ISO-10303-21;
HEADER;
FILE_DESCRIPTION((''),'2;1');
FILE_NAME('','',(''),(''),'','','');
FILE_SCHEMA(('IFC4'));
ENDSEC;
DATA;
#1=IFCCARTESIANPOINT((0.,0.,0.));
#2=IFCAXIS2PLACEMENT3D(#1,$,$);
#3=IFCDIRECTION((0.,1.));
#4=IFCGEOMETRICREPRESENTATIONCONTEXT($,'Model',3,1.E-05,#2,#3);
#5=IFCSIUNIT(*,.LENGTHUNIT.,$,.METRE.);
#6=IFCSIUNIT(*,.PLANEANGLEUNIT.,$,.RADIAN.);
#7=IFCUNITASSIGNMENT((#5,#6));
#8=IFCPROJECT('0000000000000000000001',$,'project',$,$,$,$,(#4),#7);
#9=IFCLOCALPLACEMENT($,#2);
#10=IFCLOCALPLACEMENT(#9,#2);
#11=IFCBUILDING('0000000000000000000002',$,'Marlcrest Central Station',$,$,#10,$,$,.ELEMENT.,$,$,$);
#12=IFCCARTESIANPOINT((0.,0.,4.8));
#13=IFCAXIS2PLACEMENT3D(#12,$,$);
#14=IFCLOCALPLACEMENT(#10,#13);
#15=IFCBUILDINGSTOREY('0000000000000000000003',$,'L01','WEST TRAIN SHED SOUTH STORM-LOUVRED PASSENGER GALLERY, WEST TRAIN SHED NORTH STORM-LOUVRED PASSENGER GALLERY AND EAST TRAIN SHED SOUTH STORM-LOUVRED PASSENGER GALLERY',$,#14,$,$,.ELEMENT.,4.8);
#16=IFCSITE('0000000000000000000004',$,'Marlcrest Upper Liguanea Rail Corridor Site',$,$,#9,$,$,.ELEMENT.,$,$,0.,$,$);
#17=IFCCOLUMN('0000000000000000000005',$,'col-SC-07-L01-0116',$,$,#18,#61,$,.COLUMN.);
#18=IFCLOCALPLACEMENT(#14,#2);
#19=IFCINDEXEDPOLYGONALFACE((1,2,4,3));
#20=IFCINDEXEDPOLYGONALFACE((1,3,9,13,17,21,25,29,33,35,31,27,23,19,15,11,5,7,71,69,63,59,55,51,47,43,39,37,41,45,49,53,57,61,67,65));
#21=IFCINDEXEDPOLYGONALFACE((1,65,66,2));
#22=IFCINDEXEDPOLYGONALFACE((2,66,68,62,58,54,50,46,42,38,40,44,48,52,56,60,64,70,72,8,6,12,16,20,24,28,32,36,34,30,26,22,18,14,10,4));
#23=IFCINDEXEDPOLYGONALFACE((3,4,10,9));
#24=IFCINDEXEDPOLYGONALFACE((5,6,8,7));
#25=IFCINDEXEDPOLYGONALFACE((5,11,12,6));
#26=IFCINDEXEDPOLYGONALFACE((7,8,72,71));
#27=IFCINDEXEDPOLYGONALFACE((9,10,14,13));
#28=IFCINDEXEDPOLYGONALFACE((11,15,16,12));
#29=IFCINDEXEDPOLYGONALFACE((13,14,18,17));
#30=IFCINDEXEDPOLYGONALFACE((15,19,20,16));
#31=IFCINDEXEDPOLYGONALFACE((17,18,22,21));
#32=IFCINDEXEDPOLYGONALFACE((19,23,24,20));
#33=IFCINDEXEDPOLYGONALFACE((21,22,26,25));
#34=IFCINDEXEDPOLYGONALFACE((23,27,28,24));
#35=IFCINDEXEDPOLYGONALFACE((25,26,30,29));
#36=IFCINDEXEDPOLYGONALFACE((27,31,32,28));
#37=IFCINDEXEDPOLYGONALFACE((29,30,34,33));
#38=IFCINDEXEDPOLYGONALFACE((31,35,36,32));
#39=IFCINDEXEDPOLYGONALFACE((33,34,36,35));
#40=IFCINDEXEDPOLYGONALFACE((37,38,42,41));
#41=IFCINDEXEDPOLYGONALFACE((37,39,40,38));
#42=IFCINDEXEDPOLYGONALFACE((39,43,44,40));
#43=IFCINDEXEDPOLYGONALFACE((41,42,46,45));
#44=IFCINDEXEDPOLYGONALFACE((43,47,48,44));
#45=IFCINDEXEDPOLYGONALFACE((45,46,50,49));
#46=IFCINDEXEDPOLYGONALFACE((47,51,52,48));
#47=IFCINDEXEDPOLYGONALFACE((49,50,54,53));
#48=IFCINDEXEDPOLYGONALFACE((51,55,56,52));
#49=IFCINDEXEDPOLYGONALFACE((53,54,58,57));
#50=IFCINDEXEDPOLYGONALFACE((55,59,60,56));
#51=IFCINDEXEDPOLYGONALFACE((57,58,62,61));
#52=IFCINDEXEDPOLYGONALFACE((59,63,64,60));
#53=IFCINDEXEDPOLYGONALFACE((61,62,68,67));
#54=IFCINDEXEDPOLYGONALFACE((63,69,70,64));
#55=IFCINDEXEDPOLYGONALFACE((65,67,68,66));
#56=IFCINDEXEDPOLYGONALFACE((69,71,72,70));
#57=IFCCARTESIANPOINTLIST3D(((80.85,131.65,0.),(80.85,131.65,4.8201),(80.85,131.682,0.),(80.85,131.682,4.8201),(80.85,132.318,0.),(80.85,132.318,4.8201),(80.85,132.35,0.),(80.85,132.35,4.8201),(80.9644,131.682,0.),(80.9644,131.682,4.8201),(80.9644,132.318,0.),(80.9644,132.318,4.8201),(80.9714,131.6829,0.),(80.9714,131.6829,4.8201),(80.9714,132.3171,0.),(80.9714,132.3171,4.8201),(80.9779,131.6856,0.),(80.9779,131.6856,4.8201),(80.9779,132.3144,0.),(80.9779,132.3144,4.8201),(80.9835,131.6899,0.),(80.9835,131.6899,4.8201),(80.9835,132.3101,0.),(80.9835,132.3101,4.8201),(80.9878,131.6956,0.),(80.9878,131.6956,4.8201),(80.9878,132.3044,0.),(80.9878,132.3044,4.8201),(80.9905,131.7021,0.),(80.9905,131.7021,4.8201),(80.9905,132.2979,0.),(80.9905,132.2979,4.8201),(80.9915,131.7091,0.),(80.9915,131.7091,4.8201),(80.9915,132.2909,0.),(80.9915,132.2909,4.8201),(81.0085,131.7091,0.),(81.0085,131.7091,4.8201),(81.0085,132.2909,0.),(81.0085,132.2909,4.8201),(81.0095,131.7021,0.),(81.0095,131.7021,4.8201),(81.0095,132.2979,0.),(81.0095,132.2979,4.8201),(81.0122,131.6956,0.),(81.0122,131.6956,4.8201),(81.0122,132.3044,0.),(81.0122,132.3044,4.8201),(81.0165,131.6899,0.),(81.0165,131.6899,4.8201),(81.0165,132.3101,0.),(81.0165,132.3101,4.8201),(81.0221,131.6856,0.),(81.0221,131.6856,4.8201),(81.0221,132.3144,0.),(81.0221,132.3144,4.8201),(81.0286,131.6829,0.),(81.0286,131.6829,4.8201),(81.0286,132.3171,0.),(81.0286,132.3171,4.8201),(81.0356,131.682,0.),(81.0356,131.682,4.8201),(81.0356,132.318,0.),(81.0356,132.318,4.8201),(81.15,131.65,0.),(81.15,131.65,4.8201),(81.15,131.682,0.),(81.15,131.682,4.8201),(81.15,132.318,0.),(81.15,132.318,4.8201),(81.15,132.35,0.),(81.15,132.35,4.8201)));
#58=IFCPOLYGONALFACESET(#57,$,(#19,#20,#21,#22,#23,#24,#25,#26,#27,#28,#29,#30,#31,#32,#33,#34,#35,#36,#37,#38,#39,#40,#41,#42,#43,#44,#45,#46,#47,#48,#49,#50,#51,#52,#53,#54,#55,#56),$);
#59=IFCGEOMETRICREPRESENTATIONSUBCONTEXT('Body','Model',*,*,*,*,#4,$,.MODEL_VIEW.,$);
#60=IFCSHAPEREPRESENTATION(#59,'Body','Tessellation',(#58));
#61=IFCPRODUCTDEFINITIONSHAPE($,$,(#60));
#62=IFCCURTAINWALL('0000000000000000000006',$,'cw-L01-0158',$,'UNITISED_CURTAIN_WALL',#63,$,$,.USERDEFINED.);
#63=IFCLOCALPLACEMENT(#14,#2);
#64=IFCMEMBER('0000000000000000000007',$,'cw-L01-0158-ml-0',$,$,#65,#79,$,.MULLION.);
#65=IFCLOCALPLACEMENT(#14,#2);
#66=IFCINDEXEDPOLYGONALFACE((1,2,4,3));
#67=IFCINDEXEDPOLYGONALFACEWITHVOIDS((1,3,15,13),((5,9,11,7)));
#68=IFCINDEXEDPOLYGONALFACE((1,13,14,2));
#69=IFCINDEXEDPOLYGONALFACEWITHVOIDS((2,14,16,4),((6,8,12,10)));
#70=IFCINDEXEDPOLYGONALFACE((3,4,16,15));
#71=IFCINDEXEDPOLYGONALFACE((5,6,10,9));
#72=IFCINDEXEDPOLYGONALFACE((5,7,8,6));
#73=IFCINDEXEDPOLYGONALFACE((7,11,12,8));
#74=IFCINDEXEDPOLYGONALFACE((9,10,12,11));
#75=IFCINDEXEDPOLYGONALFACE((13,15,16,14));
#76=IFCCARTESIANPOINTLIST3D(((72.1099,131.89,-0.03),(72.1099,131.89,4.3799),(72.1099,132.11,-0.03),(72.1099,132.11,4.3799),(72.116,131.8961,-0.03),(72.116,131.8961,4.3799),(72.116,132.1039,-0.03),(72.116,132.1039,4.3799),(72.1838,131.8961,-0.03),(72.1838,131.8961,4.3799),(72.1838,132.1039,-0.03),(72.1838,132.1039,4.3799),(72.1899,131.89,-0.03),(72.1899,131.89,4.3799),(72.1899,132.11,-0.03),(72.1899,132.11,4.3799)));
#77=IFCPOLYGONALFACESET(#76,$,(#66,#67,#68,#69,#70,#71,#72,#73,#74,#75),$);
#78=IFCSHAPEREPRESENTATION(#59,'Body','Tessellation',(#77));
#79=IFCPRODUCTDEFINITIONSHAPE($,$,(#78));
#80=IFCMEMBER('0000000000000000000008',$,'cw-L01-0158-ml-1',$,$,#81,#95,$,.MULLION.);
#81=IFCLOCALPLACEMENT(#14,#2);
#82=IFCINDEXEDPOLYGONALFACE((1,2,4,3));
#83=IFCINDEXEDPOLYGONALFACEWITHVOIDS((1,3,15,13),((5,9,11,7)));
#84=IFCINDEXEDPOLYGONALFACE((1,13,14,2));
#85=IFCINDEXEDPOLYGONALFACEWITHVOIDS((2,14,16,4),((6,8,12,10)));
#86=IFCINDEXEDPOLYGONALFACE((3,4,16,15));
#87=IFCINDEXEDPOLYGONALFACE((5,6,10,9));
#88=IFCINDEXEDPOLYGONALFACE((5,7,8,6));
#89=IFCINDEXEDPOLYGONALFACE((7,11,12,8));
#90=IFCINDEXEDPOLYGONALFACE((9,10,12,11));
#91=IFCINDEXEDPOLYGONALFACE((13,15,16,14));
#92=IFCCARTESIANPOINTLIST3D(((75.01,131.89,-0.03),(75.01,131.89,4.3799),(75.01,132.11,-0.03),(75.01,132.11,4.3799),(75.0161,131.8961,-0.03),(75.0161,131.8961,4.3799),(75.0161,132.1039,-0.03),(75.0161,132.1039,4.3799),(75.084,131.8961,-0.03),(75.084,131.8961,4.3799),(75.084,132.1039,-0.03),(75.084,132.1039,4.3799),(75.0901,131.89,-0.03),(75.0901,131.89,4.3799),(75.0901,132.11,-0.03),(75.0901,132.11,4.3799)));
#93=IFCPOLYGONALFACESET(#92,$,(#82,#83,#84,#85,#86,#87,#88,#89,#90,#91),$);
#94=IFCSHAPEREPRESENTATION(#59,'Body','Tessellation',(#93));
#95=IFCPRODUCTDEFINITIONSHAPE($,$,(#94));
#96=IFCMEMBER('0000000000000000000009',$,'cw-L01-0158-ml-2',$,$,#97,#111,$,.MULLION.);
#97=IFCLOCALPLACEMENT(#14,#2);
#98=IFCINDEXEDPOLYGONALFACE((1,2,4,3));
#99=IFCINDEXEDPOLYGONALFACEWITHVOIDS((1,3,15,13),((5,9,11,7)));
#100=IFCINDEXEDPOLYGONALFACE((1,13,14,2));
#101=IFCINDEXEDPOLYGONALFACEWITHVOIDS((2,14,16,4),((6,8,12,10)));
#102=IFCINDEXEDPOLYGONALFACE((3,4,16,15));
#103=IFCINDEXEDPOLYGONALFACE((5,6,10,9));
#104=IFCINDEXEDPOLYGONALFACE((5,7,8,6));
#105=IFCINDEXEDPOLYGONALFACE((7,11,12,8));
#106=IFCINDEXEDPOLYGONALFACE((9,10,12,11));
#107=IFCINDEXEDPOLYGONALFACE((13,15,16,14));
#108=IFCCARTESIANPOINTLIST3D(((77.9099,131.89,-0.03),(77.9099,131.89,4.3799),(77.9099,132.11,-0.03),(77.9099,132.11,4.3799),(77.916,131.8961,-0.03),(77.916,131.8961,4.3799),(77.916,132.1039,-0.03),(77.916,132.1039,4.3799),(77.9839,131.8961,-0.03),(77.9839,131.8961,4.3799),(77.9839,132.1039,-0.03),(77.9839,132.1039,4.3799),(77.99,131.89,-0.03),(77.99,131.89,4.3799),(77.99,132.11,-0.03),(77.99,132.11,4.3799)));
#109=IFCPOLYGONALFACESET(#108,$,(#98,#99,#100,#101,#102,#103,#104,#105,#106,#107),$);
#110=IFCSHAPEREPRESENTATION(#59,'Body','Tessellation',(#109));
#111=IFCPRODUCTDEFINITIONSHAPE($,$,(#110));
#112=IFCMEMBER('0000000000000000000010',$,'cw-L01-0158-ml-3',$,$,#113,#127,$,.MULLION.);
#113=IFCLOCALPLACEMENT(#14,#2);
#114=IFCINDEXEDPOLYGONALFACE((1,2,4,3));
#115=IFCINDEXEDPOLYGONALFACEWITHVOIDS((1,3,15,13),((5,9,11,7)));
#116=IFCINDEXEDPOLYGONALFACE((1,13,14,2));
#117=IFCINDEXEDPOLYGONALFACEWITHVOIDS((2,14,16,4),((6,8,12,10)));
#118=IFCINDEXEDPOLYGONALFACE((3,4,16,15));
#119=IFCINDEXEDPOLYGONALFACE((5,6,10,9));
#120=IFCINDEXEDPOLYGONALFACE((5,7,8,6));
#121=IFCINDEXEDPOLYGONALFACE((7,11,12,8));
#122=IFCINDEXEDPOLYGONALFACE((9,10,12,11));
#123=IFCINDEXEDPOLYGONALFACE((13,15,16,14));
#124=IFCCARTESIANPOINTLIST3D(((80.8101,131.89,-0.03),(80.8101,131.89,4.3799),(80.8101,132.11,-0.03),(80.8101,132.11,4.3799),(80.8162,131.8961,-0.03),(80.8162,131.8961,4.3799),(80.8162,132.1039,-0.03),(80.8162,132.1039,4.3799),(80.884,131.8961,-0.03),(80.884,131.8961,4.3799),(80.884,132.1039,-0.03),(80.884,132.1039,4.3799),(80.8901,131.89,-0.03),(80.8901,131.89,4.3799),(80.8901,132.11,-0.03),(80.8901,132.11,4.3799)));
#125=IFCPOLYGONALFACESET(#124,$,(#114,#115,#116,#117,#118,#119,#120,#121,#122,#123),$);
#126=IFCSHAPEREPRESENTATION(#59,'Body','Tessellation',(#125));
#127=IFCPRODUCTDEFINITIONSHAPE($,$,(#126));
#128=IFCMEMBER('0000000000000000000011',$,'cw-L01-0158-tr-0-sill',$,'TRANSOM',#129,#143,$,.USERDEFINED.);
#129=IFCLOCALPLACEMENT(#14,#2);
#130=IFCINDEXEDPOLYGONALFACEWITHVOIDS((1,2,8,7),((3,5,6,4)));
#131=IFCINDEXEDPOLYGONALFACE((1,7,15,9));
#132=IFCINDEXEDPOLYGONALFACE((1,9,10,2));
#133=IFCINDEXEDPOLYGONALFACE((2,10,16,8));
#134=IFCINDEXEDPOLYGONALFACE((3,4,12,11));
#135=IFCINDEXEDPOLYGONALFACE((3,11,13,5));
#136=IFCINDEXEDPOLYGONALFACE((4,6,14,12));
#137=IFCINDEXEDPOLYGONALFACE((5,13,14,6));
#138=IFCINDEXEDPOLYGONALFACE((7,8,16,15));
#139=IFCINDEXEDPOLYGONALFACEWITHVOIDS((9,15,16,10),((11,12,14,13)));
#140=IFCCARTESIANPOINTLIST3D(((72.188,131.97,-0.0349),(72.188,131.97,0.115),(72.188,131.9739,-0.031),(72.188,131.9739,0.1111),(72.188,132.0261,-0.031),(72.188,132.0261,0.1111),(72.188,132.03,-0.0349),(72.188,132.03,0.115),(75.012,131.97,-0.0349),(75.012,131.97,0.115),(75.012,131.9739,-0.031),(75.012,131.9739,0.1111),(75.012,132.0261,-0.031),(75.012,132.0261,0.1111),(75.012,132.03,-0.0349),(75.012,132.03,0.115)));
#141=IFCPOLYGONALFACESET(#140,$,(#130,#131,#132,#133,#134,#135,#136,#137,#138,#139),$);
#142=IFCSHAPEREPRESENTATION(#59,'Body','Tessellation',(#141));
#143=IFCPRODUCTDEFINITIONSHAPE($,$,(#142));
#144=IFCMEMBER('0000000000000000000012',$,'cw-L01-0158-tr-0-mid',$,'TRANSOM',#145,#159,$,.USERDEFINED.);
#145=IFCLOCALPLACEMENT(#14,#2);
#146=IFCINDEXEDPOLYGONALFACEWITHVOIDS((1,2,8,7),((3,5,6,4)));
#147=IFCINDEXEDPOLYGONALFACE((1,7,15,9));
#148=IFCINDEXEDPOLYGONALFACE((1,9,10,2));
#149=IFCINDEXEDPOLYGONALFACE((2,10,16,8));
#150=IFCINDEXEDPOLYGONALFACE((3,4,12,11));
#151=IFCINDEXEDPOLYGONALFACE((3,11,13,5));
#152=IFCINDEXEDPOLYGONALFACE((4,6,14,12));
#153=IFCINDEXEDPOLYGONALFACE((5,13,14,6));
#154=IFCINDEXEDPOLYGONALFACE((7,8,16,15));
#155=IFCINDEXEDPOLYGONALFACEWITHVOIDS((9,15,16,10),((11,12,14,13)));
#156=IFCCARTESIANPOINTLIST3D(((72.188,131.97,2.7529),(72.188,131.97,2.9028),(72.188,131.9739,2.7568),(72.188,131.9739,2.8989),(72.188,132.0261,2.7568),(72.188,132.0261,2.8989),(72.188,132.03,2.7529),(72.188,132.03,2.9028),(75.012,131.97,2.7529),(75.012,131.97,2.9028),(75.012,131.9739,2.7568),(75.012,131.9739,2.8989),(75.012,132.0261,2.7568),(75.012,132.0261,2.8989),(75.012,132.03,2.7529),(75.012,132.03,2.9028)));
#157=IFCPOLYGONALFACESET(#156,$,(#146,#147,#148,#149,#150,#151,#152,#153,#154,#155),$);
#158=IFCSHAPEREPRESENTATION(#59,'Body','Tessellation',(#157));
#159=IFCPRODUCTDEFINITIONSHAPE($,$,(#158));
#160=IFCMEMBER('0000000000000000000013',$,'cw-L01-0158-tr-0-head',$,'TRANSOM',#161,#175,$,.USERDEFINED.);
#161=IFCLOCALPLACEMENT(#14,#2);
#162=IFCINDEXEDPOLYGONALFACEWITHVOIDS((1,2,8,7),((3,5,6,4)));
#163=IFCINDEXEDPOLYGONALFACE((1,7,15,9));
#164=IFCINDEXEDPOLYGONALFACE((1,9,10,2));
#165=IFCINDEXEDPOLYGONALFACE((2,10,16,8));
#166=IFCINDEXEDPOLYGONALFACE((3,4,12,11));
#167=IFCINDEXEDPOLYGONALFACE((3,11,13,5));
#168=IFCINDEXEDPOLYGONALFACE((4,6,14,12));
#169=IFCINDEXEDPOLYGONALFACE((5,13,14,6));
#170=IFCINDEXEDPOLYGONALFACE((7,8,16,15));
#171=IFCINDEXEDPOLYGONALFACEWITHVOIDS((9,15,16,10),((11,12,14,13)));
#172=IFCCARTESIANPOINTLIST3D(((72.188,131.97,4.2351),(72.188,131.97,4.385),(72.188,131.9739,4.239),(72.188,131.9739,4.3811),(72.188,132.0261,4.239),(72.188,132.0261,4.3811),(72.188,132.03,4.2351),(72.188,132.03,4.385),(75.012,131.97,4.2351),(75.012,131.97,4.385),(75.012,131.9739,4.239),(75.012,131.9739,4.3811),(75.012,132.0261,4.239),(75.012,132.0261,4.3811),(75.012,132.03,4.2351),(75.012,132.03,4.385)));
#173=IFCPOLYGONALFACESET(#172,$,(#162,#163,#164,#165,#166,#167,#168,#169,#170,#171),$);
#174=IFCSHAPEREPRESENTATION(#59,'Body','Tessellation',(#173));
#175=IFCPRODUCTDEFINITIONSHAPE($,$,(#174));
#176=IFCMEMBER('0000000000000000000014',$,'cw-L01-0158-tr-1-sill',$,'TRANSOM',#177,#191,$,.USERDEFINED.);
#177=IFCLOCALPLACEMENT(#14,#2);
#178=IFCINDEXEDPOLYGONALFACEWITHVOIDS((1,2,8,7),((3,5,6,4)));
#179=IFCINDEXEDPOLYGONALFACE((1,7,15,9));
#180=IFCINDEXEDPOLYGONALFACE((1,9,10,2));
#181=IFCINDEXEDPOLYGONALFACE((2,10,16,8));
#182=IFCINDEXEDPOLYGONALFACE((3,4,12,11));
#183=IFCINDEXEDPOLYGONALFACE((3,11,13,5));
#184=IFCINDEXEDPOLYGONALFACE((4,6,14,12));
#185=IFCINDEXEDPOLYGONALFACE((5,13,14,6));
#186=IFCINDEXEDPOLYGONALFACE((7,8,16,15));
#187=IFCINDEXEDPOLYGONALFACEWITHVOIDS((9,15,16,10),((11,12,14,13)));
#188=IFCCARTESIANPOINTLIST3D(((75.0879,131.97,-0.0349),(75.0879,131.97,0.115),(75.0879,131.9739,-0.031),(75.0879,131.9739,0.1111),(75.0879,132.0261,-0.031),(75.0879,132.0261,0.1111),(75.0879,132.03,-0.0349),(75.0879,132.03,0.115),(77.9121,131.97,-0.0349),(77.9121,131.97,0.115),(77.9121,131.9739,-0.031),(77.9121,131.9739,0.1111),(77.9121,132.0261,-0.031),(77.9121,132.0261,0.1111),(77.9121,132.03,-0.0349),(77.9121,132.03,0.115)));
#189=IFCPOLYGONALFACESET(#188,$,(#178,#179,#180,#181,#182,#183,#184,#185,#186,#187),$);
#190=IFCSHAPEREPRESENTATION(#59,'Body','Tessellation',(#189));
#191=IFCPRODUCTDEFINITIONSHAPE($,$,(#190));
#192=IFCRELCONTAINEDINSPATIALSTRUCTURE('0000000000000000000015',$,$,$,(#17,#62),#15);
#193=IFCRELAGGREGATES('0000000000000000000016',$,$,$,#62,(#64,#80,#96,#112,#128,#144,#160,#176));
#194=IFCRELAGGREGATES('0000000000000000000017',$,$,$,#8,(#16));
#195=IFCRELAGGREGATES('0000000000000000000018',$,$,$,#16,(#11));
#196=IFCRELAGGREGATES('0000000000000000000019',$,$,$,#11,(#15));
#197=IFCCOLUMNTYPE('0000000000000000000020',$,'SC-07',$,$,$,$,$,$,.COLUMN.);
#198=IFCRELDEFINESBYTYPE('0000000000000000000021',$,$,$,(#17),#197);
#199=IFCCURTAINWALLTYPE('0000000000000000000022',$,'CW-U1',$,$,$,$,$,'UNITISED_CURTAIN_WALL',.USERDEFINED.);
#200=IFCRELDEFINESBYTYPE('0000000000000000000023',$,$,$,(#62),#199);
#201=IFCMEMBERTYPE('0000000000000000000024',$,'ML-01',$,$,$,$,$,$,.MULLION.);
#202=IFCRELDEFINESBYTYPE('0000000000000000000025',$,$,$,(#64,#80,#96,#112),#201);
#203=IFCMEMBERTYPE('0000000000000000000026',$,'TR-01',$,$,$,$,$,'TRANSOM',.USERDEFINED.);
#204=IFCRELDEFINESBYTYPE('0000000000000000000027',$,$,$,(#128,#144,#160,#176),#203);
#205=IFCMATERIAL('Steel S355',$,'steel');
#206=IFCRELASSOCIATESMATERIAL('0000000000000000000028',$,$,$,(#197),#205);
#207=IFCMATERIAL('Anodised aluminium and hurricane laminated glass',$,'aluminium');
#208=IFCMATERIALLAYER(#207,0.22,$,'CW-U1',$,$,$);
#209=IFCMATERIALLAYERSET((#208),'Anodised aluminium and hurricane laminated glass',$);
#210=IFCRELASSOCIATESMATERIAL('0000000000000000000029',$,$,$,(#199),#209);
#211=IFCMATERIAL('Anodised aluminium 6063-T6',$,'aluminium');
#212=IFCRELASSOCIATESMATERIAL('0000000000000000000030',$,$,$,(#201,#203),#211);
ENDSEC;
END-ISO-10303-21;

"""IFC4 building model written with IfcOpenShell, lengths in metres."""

from ifc_helpers import new_model, si_unit, direction, frame, origin, origin_2d, place, context, subcontext, project, spatial, hollow_rectangle, i_section, extrude, material, layer, layer_set, material_profile, profile_set, type_object, element, aggregate, save


model = new_model("IFC4")

# Units and contexts
model_context = context("Model", 3, precision=1e-05, world=origin(), true_north=direction((0.0, 1.0)))
body_context = subcontext(model_context, "Body", "Model", "MODEL_VIEW")
ifc_project = project(units=[si_unit("LENGTHUNIT", "METRE"), si_unit("PLANEANGLEUNIT", "RADIAN")], contexts=[model_context])

# Site, building, storey
site_placement = place(None, origin())
site = spatial("IfcSite", under=ifc_project, at=site_placement, Name="Marlcrest Upper Liguanea Rail Corridor Site", CompositionType="ELEMENT", RefElevation=0.0)
building_placement = place(site_placement, origin())
building = spatial("IfcBuilding", under=site, at=building_placement, Name="Marlcrest Central Station", CompositionType="ELEMENT")
storey_placement = place(building_placement, frame((0.0, 0.0, 4.8)))
storey = spatial("IfcBuildingStorey", under=building, at=storey_placement, Name="L01", Description="WEST TRAIN SHED SOUTH STORM-LOUVRED PASSENGER GALLERY, WEST TRAIN SHED NORTH STORM-LOUVRED PASSENGER GALLERY AND EAST TRAIN SHED SOUTH STORM-LOUVRED PASSENGER GALLERY", CompositionType="ELEMENT", Elevation=4.8)

# Column
ifc_material_1 = material(Name="Steel S355", Category="steel")
ifc_material_profile_1 = material_profile(ifc_material_1, i_section(OverallWidth=0.3, OverallDepth=0.7, WebThickness=0.0171, FlangeThickness=0.032, FilletRadius=0.0271, at=origin_2d()), Name="HEB 700")
ifc_profile_set_1 = profile_set([ifc_material_profile_1], Name="Steel S355")
column_type = type_object("IfcColumnType", Name="SC-07", PredefinedType="COLUMN", material=ifc_profile_set_1)
column_placement = place(storey_placement, frame((81.0, 132.0, 0.0), z_axis=(0.0, 0.0, 1.0), x_axis=(1.0, 0.0, 0.0)))
element("IfcColumn", 1, at=column_placement, inside=storey, type_object=column_type, Name="col-SC-07-L01-0116", PredefinedType="COLUMN", context=body_context, shape_type="SweptSolid", body=[
    extrude(i_section(OverallWidth=0.3, OverallDepth=0.7, WebThickness=0.0171, FlangeThickness=0.032, FilletRadius=0.0271, at=origin_2d()), origin(), (0.0, 0.0, 1.0), 4.8201),
])

# Curtain wall, members
ifc_material_2 = material(Name="Anodised aluminium and hurricane laminated glass", Category="aluminium")
ifc_layer_1 = layer(ifc_material_2, 0.22, Name="CW-U1")
ifc_layer_set_1 = layer_set([ifc_layer_1], Name="Anodised aluminium and hurricane laminated glass")
curtain_wall_type = type_object("IfcCurtainWallType", Name="CW-U1", ElementType="UNITISED_CURTAIN_WALL", PredefinedType="USERDEFINED", material=ifc_layer_set_1)
curtain_wall_placement = place(storey_placement, origin())
curtain_wall = element("IfcCurtainWall", 2, at=curtain_wall_placement, inside=storey, type_object=curtain_wall_type, Name="cw-L01-0158", ObjectType="UNITISED_CURTAIN_WALL", PredefinedType="USERDEFINED")
ifc_material_3 = material(Name="Anodised aluminium 6063-T6", Category="aluminium")
ifc_material_profile_2 = material_profile(ifc_material_3, hollow_rectangle(XDim=0.0801, YDim=0.22, WallThickness=0.0061, at=origin_2d()), Name="AA-RHS 220x80x6")
ifc_profile_set_2 = profile_set([ifc_material_profile_2], Name="Anodised aluminium 6063-T6")
member_type_1 = type_object("IfcMemberType", Name="ML-01", PredefinedType="MULLION", material=ifc_profile_set_2)
member_1_placement = place(storey_placement, frame((72.1499, 132.0, -0.03), z_axis=(0.0, 0.0, 1.0), x_axis=(1.0, 0.0, 0.0)))
member_1 = element("IfcMember", 3, at=member_1_placement, type_object=member_type_1, Name="cw-L01-0158-ml-0", PredefinedType="MULLION", context=body_context, shape_type="SweptSolid", body=[
    extrude(hollow_rectangle(XDim=0.0801, YDim=0.22, WallThickness=0.0061, at=origin_2d()), origin(), (0.0, 0.0, 1.0), 4.4099),
])
member_2_placement = place(storey_placement, frame((75.05, 132.0, -0.03), z_axis=(0.0, 0.0, 1.0), x_axis=(1.0, 0.0, 0.0)))
member_2 = element("IfcMember", 4, at=member_2_placement, type_object=member_type_1, Name="cw-L01-0158-ml-1", PredefinedType="MULLION", context=body_context, shape_type="SweptSolid", body=[
    extrude(hollow_rectangle(XDim=0.0801, YDim=0.22, WallThickness=0.0061, at=origin_2d()), origin(), (0.0, 0.0, 1.0), 4.4099),
])
member_3_placement = place(storey_placement, frame((77.95, 132.0, -0.03), z_axis=(0.0, 0.0, 1.0), x_axis=(1.0, 0.0, 0.0)))
member_3 = element("IfcMember", 5, at=member_3_placement, type_object=member_type_1, Name="cw-L01-0158-ml-2", PredefinedType="MULLION", context=body_context, shape_type="SweptSolid", body=[
    extrude(hollow_rectangle(XDim=0.0801, YDim=0.22, WallThickness=0.0061, at=origin_2d()), origin(), (0.0, 0.0, 1.0), 4.4099),
])
member_4_placement = place(storey_placement, frame((80.8501, 132.0, -0.03), z_axis=(0.0, 0.0, 1.0), x_axis=(1.0, 0.0, 0.0)))
member_4 = element("IfcMember", 6, at=member_4_placement, type_object=member_type_1, Name="cw-L01-0158-ml-3", PredefinedType="MULLION", context=body_context, shape_type="SweptSolid", body=[
    extrude(hollow_rectangle(XDim=0.0801, YDim=0.22, WallThickness=0.0061, at=origin_2d()), origin(), (0.0, 0.0, 1.0), 4.4099),
])
ifc_material_profile_3 = material_profile(ifc_material_3, hollow_rectangle(XDim=0.0601, YDim=0.1499, WallThickness=0.0039, at=origin_2d()), Name="AA-RHS 150x60x4")
ifc_profile_set_3 = profile_set([ifc_material_profile_3], Name="Anodised aluminium 6063-T6")
member_type_2 = type_object("IfcMemberType", Name="TR-01", ElementType="TRANSOM", PredefinedType="USERDEFINED", material=ifc_profile_set_3)
member_5_placement = place(storey_placement, frame((72.188, 132.0, 0.04), z_axis=(1.0, 0.0, 0.0), x_axis=(0.0, 1.0, 0.0)))
member_5 = element("IfcMember", 7, at=member_5_placement, type_object=member_type_2, Name="cw-L01-0158-tr-0-sill", ObjectType="TRANSOM", PredefinedType="USERDEFINED", context=body_context, shape_type="SweptSolid", body=[
    extrude(hollow_rectangle(XDim=0.0601, YDim=0.1499, WallThickness=0.0039, at=origin_2d()), origin(), (0.0, 0.0, 1.0), 2.824),
])
member_6_placement = place(storey_placement, frame((72.188, 132.0, 2.8279), z_axis=(1.0, 0.0, 0.0), x_axis=(0.0, 1.0, 0.0)))
member_6 = element("IfcMember", 8, at=member_6_placement, type_object=member_type_2, Name="cw-L01-0158-tr-0-mid", ObjectType="TRANSOM", PredefinedType="USERDEFINED", context=body_context, shape_type="SweptSolid", body=[
    extrude(hollow_rectangle(XDim=0.0601, YDim=0.1499, WallThickness=0.0039, at=origin_2d()), origin(), (0.0, 0.0, 1.0), 2.824),
])
member_7_placement = place(storey_placement, frame((72.188, 132.0, 4.3101), z_axis=(1.0, 0.0, 0.0), x_axis=(0.0, 1.0, 0.0)))
member_7 = element("IfcMember", 9, at=member_7_placement, type_object=member_type_2, Name="cw-L01-0158-tr-0-head", ObjectType="TRANSOM", PredefinedType="USERDEFINED", context=body_context, shape_type="SweptSolid", body=[
    extrude(hollow_rectangle(XDim=0.0601, YDim=0.1499, WallThickness=0.0039, at=origin_2d()), origin(), (0.0, 0.0, 1.0), 2.824),
])
member_8_placement = place(storey_placement, frame((75.0879, 132.0, 0.04), z_axis=(1.0, 0.0, 0.0), x_axis=(0.0, 1.0, 0.0)))
member_8 = element("IfcMember", 10, at=member_8_placement, type_object=member_type_2, Name="cw-L01-0158-tr-1-sill", ObjectType="TRANSOM", PredefinedType="USERDEFINED", context=body_context, shape_type="SweptSolid", body=[
    extrude(hollow_rectangle(XDim=0.0601, YDim=0.1499, WallThickness=0.0039, at=origin_2d()), origin(), (0.0, 0.0, 1.0), 2.8242),
])

aggregate(curtain_wall, [member_1, member_2, member_3, member_4, member_5, member_6, member_7, member_8])

save(model, "model.ifc")
